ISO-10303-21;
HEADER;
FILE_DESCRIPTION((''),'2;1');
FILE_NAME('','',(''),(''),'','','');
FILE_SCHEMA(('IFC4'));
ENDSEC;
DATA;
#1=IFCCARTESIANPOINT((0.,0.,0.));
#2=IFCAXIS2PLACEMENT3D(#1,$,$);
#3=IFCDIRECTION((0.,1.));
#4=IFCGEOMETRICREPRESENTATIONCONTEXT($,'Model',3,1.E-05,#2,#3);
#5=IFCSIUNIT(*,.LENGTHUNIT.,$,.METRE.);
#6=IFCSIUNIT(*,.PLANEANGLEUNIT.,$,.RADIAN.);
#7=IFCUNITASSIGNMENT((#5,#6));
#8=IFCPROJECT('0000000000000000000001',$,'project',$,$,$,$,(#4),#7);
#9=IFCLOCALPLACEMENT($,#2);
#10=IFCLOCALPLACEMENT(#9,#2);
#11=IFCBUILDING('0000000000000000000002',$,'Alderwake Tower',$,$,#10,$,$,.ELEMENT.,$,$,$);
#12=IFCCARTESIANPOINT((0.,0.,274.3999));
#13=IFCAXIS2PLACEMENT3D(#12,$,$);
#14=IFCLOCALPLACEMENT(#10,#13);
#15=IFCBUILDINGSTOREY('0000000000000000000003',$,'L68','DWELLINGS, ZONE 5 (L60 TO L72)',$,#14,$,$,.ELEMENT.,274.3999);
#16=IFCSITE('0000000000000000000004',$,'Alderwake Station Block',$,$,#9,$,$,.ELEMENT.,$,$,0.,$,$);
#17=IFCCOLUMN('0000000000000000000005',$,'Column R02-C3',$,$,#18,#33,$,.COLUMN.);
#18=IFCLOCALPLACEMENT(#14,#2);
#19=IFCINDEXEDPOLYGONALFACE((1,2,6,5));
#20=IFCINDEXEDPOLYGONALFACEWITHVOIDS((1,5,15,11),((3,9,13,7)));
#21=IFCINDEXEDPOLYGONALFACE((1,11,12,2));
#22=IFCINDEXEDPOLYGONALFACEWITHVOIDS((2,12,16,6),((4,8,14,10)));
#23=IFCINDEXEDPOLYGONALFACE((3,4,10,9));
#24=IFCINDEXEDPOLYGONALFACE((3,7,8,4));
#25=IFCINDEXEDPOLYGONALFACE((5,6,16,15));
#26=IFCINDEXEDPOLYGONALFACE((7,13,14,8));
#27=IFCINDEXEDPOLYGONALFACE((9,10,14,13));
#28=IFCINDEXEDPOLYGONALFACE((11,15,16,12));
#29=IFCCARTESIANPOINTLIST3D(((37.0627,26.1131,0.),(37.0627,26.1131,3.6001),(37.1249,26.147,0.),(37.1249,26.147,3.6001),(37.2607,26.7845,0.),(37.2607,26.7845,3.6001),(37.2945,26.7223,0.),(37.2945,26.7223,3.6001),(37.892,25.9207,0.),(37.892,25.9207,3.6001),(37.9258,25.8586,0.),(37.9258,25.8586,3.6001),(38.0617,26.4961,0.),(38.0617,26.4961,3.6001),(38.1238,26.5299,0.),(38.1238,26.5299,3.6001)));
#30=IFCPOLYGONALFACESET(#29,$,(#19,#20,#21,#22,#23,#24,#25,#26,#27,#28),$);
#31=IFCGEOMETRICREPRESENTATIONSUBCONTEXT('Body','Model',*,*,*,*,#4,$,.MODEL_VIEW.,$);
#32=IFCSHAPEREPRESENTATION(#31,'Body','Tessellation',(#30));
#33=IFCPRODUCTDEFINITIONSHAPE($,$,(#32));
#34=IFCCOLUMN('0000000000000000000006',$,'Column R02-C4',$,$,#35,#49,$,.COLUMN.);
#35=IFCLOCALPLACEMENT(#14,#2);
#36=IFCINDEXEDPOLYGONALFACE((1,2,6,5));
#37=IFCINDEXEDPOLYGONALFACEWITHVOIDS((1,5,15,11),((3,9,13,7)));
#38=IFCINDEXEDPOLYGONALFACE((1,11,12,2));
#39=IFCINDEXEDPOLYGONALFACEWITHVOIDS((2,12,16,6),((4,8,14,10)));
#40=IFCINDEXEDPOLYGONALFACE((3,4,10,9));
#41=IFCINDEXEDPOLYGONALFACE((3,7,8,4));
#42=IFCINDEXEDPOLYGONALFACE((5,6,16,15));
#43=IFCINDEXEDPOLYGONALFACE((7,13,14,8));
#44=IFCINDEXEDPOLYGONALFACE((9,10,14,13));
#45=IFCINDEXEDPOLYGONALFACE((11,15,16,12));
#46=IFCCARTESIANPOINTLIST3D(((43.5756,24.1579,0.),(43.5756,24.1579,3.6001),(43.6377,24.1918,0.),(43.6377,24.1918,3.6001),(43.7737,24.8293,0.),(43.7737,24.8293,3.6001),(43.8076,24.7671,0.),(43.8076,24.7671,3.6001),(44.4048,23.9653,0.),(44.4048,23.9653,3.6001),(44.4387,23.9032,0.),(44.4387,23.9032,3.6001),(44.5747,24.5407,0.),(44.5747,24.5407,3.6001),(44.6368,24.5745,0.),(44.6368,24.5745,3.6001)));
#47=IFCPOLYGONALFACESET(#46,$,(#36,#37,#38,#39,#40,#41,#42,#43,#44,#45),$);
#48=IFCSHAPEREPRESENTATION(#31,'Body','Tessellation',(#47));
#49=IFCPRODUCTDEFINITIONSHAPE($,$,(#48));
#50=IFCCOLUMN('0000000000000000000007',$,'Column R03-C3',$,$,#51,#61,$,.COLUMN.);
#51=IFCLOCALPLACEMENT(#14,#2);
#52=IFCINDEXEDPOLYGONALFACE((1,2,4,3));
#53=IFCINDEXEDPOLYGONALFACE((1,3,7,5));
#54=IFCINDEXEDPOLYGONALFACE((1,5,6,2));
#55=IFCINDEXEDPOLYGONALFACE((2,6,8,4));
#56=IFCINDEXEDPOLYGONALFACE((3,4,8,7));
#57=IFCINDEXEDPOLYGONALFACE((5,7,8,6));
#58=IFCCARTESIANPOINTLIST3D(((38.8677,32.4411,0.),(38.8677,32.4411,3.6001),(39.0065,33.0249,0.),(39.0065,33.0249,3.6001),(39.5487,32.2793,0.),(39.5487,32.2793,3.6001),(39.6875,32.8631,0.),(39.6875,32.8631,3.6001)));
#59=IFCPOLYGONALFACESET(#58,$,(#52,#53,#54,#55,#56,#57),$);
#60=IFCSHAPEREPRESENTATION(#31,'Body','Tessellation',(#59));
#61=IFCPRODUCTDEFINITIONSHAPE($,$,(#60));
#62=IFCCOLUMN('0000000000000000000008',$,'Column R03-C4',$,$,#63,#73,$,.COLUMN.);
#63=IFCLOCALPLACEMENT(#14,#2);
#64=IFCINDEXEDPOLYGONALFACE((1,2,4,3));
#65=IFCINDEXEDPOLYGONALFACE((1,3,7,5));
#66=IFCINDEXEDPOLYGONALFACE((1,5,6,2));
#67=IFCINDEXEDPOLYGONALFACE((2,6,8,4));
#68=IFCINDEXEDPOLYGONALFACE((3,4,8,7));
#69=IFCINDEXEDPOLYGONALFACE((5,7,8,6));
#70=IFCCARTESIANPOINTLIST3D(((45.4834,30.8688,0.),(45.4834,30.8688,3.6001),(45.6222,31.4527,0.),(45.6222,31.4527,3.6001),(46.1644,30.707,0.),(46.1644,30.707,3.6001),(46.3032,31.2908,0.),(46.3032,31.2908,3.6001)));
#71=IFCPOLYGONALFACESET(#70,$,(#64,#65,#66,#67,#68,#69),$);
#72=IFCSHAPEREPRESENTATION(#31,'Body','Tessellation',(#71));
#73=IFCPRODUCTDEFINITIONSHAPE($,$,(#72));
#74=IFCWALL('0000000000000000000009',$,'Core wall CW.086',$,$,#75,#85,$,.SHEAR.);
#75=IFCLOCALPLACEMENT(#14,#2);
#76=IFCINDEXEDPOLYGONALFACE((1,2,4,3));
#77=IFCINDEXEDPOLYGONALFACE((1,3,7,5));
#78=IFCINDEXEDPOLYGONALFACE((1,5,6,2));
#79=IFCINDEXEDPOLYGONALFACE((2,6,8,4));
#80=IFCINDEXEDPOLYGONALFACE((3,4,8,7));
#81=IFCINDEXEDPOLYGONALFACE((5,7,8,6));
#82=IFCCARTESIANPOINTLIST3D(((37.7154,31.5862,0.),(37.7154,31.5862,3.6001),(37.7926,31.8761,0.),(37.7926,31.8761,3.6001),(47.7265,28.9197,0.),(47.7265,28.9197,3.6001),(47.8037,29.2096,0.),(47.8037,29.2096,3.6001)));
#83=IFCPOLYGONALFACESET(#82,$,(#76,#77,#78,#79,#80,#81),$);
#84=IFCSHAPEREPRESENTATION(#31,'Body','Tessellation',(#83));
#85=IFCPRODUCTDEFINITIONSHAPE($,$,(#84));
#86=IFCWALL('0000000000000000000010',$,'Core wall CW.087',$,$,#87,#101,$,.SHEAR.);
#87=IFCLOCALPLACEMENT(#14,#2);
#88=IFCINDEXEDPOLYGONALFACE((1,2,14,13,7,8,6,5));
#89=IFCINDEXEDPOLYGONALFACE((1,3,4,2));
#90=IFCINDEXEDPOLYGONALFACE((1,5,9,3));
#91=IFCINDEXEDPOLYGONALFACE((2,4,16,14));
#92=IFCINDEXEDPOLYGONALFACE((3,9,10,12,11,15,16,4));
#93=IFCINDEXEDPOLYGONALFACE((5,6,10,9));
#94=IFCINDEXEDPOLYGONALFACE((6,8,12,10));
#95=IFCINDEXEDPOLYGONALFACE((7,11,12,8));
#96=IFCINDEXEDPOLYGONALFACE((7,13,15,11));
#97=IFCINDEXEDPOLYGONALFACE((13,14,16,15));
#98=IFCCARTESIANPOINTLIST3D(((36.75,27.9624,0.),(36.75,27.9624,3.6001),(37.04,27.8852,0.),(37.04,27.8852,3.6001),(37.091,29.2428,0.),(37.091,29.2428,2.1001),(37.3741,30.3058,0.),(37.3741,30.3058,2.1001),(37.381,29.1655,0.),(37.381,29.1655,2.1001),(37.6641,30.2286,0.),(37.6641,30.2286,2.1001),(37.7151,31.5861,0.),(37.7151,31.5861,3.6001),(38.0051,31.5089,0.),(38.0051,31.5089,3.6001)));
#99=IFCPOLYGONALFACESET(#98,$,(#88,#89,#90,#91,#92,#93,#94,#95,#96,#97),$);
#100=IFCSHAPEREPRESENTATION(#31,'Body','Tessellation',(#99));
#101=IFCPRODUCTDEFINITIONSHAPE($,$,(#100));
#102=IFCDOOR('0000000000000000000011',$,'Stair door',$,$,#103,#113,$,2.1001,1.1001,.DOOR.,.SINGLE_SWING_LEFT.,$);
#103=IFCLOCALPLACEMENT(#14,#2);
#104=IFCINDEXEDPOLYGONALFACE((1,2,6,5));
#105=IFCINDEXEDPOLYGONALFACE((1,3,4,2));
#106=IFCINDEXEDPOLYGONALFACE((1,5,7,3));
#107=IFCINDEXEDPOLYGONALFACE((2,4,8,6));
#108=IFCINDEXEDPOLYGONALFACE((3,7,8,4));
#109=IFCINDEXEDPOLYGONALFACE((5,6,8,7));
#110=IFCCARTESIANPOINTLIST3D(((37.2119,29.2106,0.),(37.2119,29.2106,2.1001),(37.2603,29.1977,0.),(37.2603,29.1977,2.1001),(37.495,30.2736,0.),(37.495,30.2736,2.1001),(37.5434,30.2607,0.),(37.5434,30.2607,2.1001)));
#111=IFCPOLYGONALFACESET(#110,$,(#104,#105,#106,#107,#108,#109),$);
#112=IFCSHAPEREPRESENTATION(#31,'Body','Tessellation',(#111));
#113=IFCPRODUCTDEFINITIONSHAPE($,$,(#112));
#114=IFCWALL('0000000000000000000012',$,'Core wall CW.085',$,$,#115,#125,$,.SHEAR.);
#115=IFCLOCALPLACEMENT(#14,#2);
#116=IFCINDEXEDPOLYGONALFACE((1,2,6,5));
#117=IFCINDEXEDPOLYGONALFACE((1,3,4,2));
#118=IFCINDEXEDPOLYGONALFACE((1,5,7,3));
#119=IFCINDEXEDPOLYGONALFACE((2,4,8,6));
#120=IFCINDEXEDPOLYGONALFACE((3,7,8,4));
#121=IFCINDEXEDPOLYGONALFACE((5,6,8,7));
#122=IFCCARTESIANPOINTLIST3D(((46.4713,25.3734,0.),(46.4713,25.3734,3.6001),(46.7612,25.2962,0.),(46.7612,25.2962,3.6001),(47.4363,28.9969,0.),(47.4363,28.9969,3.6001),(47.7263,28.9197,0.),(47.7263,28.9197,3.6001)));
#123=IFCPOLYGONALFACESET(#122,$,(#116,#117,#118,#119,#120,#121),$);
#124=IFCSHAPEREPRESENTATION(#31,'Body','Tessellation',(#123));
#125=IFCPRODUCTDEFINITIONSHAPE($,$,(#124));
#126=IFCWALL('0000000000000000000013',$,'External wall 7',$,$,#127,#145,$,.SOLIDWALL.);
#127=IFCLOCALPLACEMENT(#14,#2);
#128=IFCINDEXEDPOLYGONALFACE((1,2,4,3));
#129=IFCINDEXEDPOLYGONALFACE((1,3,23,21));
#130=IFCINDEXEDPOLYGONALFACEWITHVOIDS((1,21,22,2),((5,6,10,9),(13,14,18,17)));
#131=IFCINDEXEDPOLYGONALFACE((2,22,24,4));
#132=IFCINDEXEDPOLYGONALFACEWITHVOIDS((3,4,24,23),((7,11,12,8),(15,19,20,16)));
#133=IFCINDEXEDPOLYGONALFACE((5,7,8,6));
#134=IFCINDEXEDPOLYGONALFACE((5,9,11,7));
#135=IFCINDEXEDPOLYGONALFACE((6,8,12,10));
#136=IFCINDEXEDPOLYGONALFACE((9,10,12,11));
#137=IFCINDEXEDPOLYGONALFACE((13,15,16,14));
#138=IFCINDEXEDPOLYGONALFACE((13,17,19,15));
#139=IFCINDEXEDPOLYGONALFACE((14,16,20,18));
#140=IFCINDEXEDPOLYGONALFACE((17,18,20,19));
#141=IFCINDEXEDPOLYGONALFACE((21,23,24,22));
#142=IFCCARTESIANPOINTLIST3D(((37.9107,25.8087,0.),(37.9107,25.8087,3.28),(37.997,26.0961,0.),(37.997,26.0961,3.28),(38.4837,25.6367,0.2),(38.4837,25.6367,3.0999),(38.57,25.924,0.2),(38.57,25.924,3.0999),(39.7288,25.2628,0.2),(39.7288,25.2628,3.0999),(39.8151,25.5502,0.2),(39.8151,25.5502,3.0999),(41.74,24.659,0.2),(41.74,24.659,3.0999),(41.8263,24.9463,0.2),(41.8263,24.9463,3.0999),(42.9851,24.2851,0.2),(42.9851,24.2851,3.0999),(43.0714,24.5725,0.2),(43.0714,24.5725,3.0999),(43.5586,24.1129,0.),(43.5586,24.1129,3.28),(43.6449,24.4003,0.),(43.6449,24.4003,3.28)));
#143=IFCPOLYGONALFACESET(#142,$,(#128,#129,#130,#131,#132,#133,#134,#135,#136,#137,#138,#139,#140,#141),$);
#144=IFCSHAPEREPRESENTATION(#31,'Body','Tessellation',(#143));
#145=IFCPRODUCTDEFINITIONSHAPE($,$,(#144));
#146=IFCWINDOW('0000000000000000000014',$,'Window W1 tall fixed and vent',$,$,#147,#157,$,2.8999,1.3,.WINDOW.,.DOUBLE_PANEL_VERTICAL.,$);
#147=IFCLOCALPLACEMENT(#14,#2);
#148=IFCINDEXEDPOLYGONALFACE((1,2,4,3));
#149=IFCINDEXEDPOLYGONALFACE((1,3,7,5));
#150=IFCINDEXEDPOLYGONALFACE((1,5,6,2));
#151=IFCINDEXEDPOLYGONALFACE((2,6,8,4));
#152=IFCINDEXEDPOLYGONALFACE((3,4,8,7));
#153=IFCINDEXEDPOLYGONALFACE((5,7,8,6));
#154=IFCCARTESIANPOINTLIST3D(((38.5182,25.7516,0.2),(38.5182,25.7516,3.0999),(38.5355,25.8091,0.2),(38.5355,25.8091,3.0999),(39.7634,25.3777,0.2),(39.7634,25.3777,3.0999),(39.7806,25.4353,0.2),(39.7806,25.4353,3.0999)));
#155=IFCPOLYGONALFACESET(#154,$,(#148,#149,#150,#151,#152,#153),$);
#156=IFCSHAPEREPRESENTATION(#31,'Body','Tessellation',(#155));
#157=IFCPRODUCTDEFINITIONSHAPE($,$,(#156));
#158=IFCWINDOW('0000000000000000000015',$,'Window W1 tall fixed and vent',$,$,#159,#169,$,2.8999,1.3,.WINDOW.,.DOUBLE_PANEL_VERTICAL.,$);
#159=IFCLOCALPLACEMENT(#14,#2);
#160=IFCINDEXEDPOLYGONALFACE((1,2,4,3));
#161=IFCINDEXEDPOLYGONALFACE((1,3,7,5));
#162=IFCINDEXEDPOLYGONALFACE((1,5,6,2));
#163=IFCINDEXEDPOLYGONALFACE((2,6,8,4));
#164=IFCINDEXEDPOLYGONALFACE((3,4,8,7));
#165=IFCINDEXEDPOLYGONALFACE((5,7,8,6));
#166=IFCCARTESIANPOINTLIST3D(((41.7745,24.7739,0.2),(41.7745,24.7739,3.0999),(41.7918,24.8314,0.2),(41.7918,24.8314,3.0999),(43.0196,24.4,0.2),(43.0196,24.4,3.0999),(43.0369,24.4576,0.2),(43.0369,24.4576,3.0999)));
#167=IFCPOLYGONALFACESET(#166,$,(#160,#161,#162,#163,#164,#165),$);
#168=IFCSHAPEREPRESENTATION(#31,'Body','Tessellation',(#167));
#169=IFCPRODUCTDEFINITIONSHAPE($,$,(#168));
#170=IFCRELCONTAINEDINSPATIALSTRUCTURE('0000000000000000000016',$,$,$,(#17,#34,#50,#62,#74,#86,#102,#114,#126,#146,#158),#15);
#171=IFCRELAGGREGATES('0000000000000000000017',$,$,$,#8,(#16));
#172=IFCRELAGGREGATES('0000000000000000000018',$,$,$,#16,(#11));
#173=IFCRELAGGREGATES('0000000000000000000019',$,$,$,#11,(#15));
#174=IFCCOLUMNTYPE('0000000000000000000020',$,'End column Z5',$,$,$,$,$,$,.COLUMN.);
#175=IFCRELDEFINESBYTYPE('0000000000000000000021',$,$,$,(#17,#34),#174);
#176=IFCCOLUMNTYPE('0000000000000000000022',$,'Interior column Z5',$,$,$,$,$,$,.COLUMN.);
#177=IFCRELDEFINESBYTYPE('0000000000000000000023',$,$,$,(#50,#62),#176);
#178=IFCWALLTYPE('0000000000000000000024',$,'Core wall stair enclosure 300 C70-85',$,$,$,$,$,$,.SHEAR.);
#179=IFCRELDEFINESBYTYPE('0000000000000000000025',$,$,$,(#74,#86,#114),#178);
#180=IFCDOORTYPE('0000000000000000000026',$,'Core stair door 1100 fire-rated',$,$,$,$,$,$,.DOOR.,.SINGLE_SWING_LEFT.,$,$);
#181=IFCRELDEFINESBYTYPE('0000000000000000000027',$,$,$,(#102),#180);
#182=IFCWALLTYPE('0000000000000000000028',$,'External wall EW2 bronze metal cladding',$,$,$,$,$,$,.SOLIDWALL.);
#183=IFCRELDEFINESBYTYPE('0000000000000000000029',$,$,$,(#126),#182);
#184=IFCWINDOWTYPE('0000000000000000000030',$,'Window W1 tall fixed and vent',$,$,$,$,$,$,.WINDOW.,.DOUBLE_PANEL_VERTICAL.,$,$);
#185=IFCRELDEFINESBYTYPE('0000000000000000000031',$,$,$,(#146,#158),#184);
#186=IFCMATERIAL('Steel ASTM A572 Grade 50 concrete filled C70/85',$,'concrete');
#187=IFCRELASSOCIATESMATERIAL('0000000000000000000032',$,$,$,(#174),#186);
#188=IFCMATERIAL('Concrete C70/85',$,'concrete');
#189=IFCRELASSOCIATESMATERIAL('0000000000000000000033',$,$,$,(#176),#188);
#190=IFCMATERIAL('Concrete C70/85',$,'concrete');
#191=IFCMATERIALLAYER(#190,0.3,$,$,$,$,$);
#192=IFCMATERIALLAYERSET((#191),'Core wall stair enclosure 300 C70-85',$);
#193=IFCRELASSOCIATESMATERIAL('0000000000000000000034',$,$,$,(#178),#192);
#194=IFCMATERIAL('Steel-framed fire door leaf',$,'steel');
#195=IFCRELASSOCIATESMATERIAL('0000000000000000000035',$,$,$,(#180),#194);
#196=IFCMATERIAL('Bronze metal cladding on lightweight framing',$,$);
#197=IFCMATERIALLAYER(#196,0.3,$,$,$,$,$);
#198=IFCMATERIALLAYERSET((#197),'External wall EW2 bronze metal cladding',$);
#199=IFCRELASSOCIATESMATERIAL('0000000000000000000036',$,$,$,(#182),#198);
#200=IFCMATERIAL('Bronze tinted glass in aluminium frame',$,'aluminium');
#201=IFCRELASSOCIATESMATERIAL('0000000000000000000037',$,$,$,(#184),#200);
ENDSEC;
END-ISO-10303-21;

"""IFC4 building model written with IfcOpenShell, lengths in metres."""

from ifc_helpers import new_model, si_unit, direction, frame, frame_2d, origin, origin_2d, place, context, subcontext, project, spatial, rectangle, hollow_rectangle, extrude, material, layer, layer_set, material_profile, profile_set, type_object, element, fill, save


model = new_model("IFC4")

# Units and contexts
model_context = context("Model", 3, precision=1e-05, world=origin(), true_north=direction((0.0, 1.0)))
body_context = subcontext(model_context, "Body", "Model", "MODEL_VIEW")
ifc_project = project(units=[si_unit("LENGTHUNIT", "METRE"), si_unit("PLANEANGLEUNIT", "RADIAN")], contexts=[model_context])

# Site, building, storey
site_placement = place(None, origin())
site = spatial("IfcSite", under=ifc_project, at=site_placement, Name="Alderwake Station Block", CompositionType="ELEMENT", RefElevation=0.0)
building_placement = place(site_placement, origin())
building = spatial("IfcBuilding", under=site, at=building_placement, Name="Alderwake Tower", CompositionType="ELEMENT")
storey_placement = place(building_placement, frame((0.0, 0.0, 274.3999)))
storey = spatial("IfcBuildingStorey", under=building, at=storey_placement, Name="L68", Description="DWELLINGS, ZONE 5 (L60 TO L72)", CompositionType="ELEMENT", Elevation=274.3999)

# Columns
ifc_material_1 = material(Name="Steel ASTM A572 Grade 50 concrete filled C70/85", Category="concrete")
ifc_material_profile_1 = material_profile(ifc_material_1, hollow_rectangle(XDim=0.7, YDim=0.8999, WallThickness=0.05, at=origin_2d()), Name="BOX 900X700X50")
ifc_profile_set_1 = profile_set([ifc_material_profile_1], Name="Steel ASTM A572 Grade 50 concrete filled C70/85")
column_type_1 = type_object("IfcColumnType", Name="End column Z5", PredefinedType="COLUMN", material=ifc_profile_set_1)
for number, where, z_axis, x_axis, name in (
    (1, (37.5933, 26.3215, 0.0), (0.0, 0.0, 1.0), (0.282859, 0.959162, 0.0), "Column R02-C3"),
    (2, (44.1062, 24.3662, 0.0), (0.0, 0.0, 1.0), (0.283105, 0.959089, 0.0), "Column R02-C4"),
):
    element("IfcColumn", number, at=place(storey_placement, frame(where, z_axis=z_axis, x_axis=x_axis)), inside=storey, type_object=column_type_1, Name=name, PredefinedType="COLUMN", context=body_context, shape_type="SweptSolid", body=[
        extrude(hollow_rectangle(XDim=0.7, YDim=0.8999, WallThickness=0.05, at=origin_2d()), origin(), (0.0, 0.0, 1.0), 3.6001),
    ])
ifc_material_2 = material(Name="Concrete C70/85", Category="concrete")
ifc_material_profile_2 = material_profile(ifc_material_2, rectangle(XDim=0.6001, YDim=0.7, at=origin_2d()), Name="RC 700X600")
ifc_profile_set_2 = profile_set([ifc_material_profile_2], Name="Concrete C70/85")
column_type_2 = type_object("IfcColumnType", Name="Interior column Z5", PredefinedType="COLUMN", material=ifc_profile_set_2)
for number, where, z_axis, x_axis, name in (
    (3, (39.2776, 32.6521, 0.0), (0.0, 0.0, 1.0), (0.231222, 0.972901, 0.0), "Column R03-C3"),
    (4, (45.8933, 31.0798, 0.0), (0.0, 0.0, 1.0), (0.231222, 0.972901, 0.0), "Column R03-C4"),
):
    element("IfcColumn", number, at=place(storey_placement, frame(where, z_axis=z_axis, x_axis=x_axis)), inside=storey, type_object=column_type_2, Name=name, PredefinedType="COLUMN", context=body_context, shape_type="SweptSolid", body=[
        extrude(rectangle(XDim=0.6001, YDim=0.7, at=origin_2d()), origin(), (0.0, 0.0, 1.0), 3.6001),
    ])

# Wall
ifc_material_3 = material(Name="Concrete C70/85", Category="concrete")
ifc_layer_1 = layer(ifc_material_3, 0.3)
ifc_layer_set_1 = layer_set([ifc_layer_1], Name="Core wall stair enclosure 300 C70-85")
wall_type_1 = type_object("IfcWallType", Name="Core wall stair enclosure 300 C70-85", PredefinedType="SHEAR", material=ifc_layer_set_1)
wall_1_placement = place(storey_placement, frame((37.7539, 31.7312, 0.0), z_axis=(0.0, 0.0, 1.0), x_axis=(0.966309, -0.257384, 0.0)))
element("IfcWall", 5, at=wall_1_placement, inside=storey, type_object=wall_type_1, Name="Core wall CW.086", PredefinedType="SHEAR", context=body_context, shape_type="SweptSolid", body=[
    extrude(rectangle(XDim=10.3601, YDim=0.3, at=frame_2d((5.1802, 0.0))), origin(), (0.0, 0.0, 1.0), 3.6001),
])

# Wall, opening, door
wall_2_placement = place(storey_placement, frame((36.895, 27.9238, 0.0), z_axis=(0.0, 0.0, 1.0), x_axis=(0.257351, 0.966318, 0.0)))
wall_2 = element("IfcWall", 6, at=wall_2_placement, inside=storey, type_object=wall_type_1, Name="Core wall CW.087", PredefinedType="SHEAR", context=body_context, shape_type="SweptSolid", body=[
    extrude(rectangle(XDim=3.75, YDim=0.3, at=frame_2d((1.875, 0.0))), origin(), (0.0, 0.0, 1.0), 3.6001),
])
opening_1_placement = place(wall_2_placement, frame((1.325, 0.0, 0.0)))
opening_1 = element("IfcOpeningElement", 7, at=opening_1_placement, cuts=wall_2, PredefinedType="OPENING", context=body_context, shape_type="SweptSolid", body=[
    extrude(rectangle(XDim=1.1001, YDim=2.1001, at=frame_2d((0.55, 1.05))), frame((0.0, 0.1599, 0.0), z_axis=(0.0, -1.0, 0.0), x_axis=(1.0, 0.0, 0.0)), (0.0, 0.0, 1.0), 0.3201),
])
ifc_material_4 = material(Name="Steel-framed fire door leaf", Category="steel")
door_type = type_object("IfcDoorType", Name="Core stair door 1100 fire-rated", OperationType="SINGLE_SWING_LEFT", PredefinedType="DOOR", material=ifc_material_4)
door_placement = place(opening_1_placement, origin())
door = element("IfcDoor", 8, at=door_placement, inside=storey, type_object=door_type, Name="Stair door", OperationType="SINGLE_SWING_LEFT", OverallHeight=2.1001, OverallWidth=1.1001, PredefinedType="DOOR", context=body_context, shape_type="SweptSolid", body=[
    extrude(rectangle(XDim=1.1001, YDim=2.1001, at=frame_2d((0.55, 1.05))), frame((0.0, 0.0249, 0.0), z_axis=(0.0, -1.0, 0.0), x_axis=(1.0, 0.0, 0.0)), (0.0, 0.0, 1.0), 0.05),
])
fill(opening_1, door)

# Wall
wall_3_placement = place(storey_placement, frame((46.6162, 25.3347, 0.0), z_axis=(0.0, 0.0, 1.0), x_axis=(0.257367, 0.966314, 0.0)))
element("IfcWall", 9, at=wall_3_placement, inside=storey, type_object=wall_type_1, Name="Core wall CW.085", PredefinedType="SHEAR", context=body_context, shape_type="SweptSolid", body=[
    extrude(rectangle(XDim=3.7498, YDim=0.3, at=frame_2d((1.875, 0.0))), origin(), (0.0, 0.0, 1.0), 3.6001),
])

# Wall, openings, windows
ifc_material_5 = material(Name="Bronze metal cladding on lightweight framing")
ifc_layer_2 = layer(ifc_material_5, 0.3)
ifc_layer_set_2 = layer_set([ifc_layer_2], Name="External wall EW2 bronze metal cladding")
wall_type_2 = type_object("IfcWallType", Name="External wall EW2 bronze metal cladding", PredefinedType="SOLIDWALL", material=ifc_layer_set_2)
wall_4_placement = place(storey_placement, frame((37.9539, 25.9524, 0.0), z_axis=(0.0, 0.0, 1.0), x_axis=(0.95776, -0.287568, 0.0)))
wall_4 = element("IfcWall", 10, at=wall_4_placement, inside=storey, type_object=wall_type_2, Name="External wall 7", PredefinedType="SOLIDWALL", context=body_context, shape_type="SweptSolid", body=[
    extrude(rectangle(XDim=5.897, YDim=0.3, at=frame_2d((2.9485, 0.0))), origin(), (0.0, 0.0, 1.0), 3.28),
])
opening_2_placement = place(wall_4_placement, frame((0.5984, 0.0, 0.2)))
opening_2 = element("IfcOpeningElement", 11, at=opening_2_placement, cuts=wall_4, PredefinedType="OPENING", context=body_context, shape_type="SweptSolid", body=[
    extrude(rectangle(XDim=1.3, YDim=2.8999, at=frame_2d((0.6499, 1.45))), frame((0.0, 0.1599, 0.0), z_axis=(0.0, -1.0, 0.0), x_axis=(1.0, 0.0, 0.0)), (0.0, 0.0, 1.0), 0.3201),
])
opening_3_placement = place(wall_4_placement, frame((3.9983, 0.0, 0.2)))
opening_3 = element("IfcOpeningElement", 12, at=opening_3_placement, cuts=wall_4, PredefinedType="OPENING", context=body_context, shape_type="SweptSolid", body=[
    extrude(rectangle(XDim=1.3, YDim=2.8999, at=frame_2d((0.6499, 1.45))), frame((0.0, 0.1599, 0.0), z_axis=(0.0, -1.0, 0.0), x_axis=(1.0, 0.0, 0.0)), (0.0, 0.0, 1.0), 0.3201),
])
ifc_material_6 = material(Name="Bronze tinted glass in aluminium frame", Category="aluminium")
window_type = type_object("IfcWindowType", Name="Window W1 tall fixed and vent", PartitioningType="DOUBLE_PANEL_VERTICAL", PredefinedType="WINDOW", material=ifc_material_6)
window_1_placement = place(opening_2_placement, origin())
window_1 = element("IfcWindow", 13, at=window_1_placement, inside=storey, type_object=window_type, Name="Window W1 tall fixed and vent", OverallHeight=2.8999, OverallWidth=1.3, PartitioningType="DOUBLE_PANEL_VERTICAL", PredefinedType="WINDOW", context=body_context, shape_type="SweptSolid", body=[
    extrude(rectangle(XDim=1.3, YDim=2.8999, at=frame_2d((0.6499, 1.45))), frame((0.0, 0.03, 0.0), z_axis=(0.0, -1.0, 0.0), x_axis=(1.0, 0.0, 0.0)), (0.0, 0.0, 1.0), 0.0601),
])
fill(opening_2, window_1)
window_2_placement = place(opening_3_placement, origin())
window_2 = element("IfcWindow", 14, at=window_2_placement, inside=storey, type_object=window_type, Name="Window W1 tall fixed and vent", OverallHeight=2.8999, OverallWidth=1.3, PartitioningType="DOUBLE_PANEL_VERTICAL", PredefinedType="WINDOW", context=body_context, shape_type="SweptSolid", body=[
    extrude(rectangle(XDim=1.3, YDim=2.8999, at=frame_2d((0.6499, 1.45))), frame((0.0, 0.03, 0.0), z_axis=(0.0, -1.0, 0.0), x_axis=(1.0, 0.0, 0.0)), (0.0, 0.0, 1.0), 0.0601),
])
fill(opening_3, window_2)

save(model, "model.ifc")
